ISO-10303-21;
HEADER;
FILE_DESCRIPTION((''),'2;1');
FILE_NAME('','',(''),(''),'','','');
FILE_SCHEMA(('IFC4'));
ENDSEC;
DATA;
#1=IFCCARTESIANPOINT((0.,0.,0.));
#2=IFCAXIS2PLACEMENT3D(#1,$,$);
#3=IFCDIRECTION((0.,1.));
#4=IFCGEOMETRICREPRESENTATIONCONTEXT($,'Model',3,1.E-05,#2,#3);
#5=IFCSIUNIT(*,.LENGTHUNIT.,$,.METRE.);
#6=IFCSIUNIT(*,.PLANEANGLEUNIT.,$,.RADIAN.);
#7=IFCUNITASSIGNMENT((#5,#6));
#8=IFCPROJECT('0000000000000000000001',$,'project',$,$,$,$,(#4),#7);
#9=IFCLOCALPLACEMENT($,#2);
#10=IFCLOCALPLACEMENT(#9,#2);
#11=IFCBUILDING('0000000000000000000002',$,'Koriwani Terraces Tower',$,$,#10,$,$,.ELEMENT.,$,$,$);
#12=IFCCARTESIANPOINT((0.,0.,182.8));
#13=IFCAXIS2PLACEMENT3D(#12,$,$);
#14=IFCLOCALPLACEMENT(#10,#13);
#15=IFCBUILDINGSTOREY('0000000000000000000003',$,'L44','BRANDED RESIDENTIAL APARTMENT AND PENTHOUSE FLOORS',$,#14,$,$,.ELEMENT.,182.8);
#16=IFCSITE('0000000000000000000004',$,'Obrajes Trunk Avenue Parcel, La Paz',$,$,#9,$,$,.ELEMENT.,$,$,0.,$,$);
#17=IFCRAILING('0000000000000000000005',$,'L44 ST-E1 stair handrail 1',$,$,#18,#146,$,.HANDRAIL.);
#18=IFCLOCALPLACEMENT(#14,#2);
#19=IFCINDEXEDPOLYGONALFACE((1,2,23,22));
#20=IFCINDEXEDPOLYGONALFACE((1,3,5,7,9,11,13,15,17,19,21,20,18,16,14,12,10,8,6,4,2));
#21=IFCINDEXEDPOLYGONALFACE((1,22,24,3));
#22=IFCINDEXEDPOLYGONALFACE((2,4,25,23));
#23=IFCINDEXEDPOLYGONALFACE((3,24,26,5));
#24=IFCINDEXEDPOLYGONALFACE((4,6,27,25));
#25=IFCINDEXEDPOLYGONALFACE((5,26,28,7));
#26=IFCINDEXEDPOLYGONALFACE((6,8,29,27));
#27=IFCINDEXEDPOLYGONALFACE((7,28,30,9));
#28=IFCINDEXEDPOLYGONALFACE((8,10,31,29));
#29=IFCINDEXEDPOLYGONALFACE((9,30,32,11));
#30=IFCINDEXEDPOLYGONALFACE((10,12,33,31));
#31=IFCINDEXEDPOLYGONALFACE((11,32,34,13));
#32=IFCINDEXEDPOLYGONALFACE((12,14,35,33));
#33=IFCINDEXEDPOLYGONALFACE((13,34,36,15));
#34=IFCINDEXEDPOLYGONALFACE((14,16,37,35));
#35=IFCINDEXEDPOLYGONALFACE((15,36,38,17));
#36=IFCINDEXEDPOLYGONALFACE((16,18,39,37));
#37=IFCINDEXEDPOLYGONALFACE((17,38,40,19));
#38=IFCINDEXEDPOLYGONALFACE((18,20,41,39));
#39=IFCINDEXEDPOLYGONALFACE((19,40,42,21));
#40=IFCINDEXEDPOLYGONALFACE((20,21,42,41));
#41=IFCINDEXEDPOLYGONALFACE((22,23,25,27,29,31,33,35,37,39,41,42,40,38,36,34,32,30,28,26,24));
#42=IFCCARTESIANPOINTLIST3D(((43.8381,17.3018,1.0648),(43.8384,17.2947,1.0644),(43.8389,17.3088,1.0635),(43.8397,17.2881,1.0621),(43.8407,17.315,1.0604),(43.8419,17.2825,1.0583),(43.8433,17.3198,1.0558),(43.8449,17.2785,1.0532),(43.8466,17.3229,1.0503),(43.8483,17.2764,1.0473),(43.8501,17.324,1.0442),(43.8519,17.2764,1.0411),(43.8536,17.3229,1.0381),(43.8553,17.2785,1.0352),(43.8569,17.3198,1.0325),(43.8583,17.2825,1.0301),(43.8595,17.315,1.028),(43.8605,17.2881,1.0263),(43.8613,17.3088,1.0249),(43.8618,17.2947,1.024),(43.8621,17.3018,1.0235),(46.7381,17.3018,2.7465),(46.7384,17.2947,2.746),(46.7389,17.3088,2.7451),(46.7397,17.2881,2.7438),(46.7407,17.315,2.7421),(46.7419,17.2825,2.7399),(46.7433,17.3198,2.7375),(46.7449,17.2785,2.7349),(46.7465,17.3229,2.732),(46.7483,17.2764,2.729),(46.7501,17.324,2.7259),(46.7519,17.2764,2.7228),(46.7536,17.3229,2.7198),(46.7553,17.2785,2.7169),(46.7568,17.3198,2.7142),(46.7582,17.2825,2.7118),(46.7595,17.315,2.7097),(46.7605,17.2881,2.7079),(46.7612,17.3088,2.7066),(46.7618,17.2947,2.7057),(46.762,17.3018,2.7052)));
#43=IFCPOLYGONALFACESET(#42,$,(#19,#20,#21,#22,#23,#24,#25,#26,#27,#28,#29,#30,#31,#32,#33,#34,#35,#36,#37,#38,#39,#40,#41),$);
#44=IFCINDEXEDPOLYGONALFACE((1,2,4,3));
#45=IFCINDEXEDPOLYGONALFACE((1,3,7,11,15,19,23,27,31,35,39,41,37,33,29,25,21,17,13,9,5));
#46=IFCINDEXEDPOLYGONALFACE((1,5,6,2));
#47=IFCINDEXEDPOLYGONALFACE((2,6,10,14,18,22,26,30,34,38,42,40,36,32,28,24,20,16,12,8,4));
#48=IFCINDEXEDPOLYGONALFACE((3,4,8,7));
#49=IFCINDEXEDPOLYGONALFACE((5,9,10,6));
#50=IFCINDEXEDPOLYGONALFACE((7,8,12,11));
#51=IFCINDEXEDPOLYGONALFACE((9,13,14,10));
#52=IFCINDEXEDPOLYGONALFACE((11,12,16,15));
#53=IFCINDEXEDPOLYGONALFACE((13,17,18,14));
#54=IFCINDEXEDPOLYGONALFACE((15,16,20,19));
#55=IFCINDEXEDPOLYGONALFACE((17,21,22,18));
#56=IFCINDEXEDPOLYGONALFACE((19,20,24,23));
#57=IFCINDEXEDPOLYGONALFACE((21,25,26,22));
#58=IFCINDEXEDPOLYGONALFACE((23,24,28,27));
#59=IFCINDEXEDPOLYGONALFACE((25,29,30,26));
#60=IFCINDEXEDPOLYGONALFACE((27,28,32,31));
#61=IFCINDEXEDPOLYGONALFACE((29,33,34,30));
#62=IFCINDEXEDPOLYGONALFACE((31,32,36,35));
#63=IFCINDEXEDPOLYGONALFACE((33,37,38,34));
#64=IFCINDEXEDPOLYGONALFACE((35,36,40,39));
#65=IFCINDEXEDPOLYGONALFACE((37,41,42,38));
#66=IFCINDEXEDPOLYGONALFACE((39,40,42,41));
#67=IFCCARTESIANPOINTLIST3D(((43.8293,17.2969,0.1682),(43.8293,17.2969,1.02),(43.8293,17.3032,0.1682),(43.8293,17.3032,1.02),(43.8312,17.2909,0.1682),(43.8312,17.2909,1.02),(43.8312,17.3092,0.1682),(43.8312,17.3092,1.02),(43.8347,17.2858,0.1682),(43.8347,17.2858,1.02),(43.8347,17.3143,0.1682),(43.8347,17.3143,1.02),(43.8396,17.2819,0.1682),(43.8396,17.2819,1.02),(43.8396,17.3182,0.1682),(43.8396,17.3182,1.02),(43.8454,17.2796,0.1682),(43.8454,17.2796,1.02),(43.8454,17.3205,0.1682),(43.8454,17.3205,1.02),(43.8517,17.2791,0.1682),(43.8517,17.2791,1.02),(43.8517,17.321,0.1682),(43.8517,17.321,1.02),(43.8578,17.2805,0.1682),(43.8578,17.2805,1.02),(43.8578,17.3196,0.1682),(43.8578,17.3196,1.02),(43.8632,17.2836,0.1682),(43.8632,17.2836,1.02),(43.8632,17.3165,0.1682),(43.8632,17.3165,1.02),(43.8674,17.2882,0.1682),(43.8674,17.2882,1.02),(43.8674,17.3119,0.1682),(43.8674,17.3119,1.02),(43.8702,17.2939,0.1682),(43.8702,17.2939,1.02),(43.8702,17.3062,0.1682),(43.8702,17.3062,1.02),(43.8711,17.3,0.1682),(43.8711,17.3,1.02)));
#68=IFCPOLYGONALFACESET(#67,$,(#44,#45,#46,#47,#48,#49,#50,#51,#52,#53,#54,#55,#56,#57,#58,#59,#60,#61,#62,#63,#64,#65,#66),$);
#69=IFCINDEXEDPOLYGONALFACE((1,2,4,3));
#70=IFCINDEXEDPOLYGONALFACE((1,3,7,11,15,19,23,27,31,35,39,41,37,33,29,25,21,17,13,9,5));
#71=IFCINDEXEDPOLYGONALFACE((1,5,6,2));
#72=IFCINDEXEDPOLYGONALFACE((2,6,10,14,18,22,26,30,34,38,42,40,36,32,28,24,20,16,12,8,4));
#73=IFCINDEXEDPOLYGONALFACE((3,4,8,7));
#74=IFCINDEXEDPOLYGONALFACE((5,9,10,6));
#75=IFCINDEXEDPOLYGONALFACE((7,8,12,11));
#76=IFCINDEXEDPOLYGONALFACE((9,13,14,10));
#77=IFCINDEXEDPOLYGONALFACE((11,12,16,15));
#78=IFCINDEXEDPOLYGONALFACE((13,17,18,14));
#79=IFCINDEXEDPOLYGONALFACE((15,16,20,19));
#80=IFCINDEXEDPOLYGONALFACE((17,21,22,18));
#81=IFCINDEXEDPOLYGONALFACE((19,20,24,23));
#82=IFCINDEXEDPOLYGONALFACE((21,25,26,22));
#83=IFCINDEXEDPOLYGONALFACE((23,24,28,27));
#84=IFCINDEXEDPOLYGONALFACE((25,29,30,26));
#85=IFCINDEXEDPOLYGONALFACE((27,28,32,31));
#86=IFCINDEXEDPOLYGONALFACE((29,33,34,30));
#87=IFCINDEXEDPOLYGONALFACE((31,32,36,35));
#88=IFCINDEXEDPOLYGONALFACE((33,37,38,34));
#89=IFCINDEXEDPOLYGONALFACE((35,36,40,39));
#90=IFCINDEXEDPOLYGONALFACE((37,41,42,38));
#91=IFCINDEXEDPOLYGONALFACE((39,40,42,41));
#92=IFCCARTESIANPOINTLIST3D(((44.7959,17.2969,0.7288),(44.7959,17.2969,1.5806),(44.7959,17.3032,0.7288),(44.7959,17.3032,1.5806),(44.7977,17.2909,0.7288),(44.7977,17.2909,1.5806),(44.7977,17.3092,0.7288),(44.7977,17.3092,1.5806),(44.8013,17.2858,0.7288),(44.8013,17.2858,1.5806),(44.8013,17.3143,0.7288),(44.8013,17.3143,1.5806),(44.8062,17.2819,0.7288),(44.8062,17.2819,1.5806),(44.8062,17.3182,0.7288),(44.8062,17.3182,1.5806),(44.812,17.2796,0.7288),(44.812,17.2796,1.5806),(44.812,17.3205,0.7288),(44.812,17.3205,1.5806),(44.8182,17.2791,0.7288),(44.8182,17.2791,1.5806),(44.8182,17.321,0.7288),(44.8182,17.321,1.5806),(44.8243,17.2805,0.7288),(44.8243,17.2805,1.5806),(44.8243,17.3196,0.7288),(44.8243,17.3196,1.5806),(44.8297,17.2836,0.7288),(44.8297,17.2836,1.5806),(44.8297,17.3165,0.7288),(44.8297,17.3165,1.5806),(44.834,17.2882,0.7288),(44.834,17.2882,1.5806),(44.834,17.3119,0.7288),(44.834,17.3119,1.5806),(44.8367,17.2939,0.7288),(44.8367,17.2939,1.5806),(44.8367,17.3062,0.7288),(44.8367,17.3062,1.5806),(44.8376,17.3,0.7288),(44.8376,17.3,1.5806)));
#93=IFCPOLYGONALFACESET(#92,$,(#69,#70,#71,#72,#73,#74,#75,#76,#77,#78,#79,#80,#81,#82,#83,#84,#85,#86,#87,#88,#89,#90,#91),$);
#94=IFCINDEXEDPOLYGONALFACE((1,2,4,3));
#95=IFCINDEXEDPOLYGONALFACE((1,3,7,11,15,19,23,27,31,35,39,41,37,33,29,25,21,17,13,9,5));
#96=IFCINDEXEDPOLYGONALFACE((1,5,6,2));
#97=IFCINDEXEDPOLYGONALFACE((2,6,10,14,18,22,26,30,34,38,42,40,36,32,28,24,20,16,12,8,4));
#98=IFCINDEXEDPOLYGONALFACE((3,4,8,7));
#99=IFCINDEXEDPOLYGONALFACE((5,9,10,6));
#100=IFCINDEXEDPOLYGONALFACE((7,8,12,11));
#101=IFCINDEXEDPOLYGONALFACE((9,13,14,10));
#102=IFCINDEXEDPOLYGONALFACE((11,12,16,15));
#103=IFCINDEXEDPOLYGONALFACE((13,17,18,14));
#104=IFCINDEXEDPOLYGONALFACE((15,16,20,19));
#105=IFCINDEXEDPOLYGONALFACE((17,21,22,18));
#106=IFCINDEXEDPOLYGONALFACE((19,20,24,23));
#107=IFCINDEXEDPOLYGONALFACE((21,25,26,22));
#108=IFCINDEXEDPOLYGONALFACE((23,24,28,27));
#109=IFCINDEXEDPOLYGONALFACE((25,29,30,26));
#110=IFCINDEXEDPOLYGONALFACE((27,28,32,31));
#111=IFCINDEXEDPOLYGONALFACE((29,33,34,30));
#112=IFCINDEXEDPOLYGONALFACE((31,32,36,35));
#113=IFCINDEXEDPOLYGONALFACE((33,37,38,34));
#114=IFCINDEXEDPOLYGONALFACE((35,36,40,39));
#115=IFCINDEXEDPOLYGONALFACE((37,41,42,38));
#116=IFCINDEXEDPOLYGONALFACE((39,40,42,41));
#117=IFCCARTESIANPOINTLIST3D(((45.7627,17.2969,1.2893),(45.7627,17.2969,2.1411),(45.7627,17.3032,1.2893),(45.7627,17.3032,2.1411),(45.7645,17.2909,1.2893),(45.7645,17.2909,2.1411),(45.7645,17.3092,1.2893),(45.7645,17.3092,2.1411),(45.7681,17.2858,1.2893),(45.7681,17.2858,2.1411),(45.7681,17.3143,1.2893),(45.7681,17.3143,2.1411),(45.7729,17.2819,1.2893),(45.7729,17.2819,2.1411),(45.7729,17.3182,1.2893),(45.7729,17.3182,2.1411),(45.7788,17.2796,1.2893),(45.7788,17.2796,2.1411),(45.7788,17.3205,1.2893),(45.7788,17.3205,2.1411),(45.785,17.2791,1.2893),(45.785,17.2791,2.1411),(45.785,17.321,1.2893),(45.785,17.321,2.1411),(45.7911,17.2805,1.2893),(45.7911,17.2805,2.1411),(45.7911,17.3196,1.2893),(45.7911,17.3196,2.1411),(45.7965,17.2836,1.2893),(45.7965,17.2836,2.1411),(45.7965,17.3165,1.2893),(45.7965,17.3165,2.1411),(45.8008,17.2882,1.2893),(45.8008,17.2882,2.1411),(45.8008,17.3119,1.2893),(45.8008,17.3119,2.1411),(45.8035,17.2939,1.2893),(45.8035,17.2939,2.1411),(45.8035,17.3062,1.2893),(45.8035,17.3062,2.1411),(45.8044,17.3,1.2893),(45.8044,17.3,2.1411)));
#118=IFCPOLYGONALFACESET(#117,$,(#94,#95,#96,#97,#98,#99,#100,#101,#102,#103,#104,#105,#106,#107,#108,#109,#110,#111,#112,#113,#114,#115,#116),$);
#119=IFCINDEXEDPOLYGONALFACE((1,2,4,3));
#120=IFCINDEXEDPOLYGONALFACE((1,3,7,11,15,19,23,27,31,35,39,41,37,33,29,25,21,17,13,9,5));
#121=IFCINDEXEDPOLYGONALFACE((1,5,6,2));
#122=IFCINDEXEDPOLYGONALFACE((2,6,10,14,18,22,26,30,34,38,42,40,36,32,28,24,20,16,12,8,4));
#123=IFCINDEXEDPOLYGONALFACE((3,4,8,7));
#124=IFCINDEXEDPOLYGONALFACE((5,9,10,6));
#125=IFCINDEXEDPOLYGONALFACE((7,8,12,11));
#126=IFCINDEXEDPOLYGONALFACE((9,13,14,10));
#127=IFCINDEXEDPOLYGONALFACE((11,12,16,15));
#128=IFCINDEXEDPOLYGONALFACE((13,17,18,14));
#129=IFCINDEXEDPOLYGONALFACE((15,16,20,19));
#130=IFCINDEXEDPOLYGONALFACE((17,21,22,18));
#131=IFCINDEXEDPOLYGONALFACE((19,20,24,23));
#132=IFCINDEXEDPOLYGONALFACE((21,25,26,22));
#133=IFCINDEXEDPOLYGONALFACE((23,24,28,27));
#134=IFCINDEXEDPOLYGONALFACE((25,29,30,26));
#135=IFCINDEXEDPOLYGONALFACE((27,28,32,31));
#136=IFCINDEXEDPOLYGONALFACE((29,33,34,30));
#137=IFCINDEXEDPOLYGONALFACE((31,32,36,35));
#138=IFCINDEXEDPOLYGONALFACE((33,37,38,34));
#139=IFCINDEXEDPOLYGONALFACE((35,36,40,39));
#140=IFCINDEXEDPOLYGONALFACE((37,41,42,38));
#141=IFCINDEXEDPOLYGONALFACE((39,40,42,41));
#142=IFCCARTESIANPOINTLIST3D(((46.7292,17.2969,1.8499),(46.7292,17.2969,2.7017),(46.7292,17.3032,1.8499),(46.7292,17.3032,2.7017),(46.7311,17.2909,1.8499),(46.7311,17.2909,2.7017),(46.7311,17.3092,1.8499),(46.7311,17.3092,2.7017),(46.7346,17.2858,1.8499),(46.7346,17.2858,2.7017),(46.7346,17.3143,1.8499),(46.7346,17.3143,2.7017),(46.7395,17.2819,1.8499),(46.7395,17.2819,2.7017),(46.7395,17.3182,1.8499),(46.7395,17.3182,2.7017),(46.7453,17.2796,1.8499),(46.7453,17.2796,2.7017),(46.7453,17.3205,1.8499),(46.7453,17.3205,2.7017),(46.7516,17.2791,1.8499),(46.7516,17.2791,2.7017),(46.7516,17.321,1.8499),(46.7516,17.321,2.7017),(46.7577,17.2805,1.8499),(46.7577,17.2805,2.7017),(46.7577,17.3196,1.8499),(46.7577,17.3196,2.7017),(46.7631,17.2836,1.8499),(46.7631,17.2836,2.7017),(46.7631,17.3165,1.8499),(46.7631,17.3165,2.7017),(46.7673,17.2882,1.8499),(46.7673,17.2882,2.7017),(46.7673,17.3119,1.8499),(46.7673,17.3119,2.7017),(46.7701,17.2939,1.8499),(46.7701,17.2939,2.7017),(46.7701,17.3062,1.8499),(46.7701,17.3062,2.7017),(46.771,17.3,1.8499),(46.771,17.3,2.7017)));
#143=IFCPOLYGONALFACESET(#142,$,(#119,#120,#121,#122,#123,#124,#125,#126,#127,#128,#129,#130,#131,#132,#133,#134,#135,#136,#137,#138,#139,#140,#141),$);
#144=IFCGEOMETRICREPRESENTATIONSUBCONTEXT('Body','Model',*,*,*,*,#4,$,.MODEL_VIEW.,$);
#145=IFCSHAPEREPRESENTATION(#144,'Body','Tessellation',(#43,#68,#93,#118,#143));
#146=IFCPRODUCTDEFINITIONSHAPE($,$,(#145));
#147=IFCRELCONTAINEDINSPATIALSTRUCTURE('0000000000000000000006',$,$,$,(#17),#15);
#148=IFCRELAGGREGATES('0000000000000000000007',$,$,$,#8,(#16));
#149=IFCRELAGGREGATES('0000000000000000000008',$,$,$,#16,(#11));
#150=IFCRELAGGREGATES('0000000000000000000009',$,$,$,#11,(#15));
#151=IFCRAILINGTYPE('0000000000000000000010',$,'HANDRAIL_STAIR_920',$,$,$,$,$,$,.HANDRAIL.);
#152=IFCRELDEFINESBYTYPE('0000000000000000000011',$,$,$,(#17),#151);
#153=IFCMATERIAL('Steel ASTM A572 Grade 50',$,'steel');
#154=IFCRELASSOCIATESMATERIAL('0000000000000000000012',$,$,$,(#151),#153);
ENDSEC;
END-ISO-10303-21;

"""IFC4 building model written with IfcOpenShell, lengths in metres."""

from ifc_helpers import new_model, si_unit, direction, frame, origin, origin_2d, place, context, subcontext, project, spatial, circle, extrude, material, type_object, element, save


model = new_model("IFC4")

# Units and contexts
model_context = context("Model", 3, precision=1e-05, world=origin(), true_north=direction((0.0, 1.0)))
body_context = subcontext(model_context, "Body", "Model", "MODEL_VIEW")
ifc_project = project(units=[si_unit("LENGTHUNIT", "METRE"), si_unit("PLANEANGLEUNIT", "RADIAN")], contexts=[model_context])

# Site, building, storey
site_placement = place(None, origin())
site = spatial("IfcSite", under=ifc_project, at=site_placement, Name="Obrajes Trunk Avenue Parcel, La Paz", CompositionType="ELEMENT", RefElevation=0.0)
building_placement = place(site_placement, origin())
building = spatial("IfcBuilding", under=site, at=building_placement, Name="Koriwani Terraces Tower", CompositionType="ELEMENT")
storey_placement = place(building_placement, frame((0.0, 0.0, 182.8)))
storey = spatial("IfcBuildingStorey", under=building, at=storey_placement, Name="L44", Description="BRANDED RESIDENTIAL APARTMENT AND PENTHOUSE FLOORS", CompositionType="ELEMENT", Elevation=182.8)

# Shared definitions
ifc_material_1 = material(Name="Steel ASTM A572 Grade 50", Category="steel")

# Railing
railing_type = type_object("IfcRailingType", Name="HANDRAIL_STAIR_920", PredefinedType="HANDRAIL", material=ifc_material_1)
railing_placement = place(storey_placement, frame((43.8501, 17.3, 0.1682)))
element("IfcRailing", 1, at=railing_placement, inside=storey, type_object=railing_type, Name="L44 ST-E1 stair handrail 1", PredefinedType="HANDRAIL", context=body_context, shape_type="SweptSolid", body=[
    extrude(circle(Radius=0.0239, at=origin_2d()), frame((0.0, 0.0, 0.876), z_axis=(0.86507, 0.0, 0.501651), x_axis=(0.0, 1.0, 0.0)), (0.0, 0.0, 1.0), 3.3523),
    extrude(circle(Radius=0.021, at=origin_2d()), origin(), (0.0, 0.0, 1.0), 0.8518),
    extrude(circle(Radius=0.021, at=origin_2d()), frame((0.9666, 0.0, 0.5605)), (0.0, 0.0, 1.0), 0.8518),
    extrude(circle(Radius=0.021, at=origin_2d()), frame((1.9333, 0.0, 1.1211)), (0.0, 0.0, 1.0), 0.8518),
    extrude(circle(Radius=0.021, at=origin_2d()), frame((2.8999, 0.0, 1.6816)), (0.0, 0.0, 1.0), 0.8518),
])

save(model, "model.ifc")
